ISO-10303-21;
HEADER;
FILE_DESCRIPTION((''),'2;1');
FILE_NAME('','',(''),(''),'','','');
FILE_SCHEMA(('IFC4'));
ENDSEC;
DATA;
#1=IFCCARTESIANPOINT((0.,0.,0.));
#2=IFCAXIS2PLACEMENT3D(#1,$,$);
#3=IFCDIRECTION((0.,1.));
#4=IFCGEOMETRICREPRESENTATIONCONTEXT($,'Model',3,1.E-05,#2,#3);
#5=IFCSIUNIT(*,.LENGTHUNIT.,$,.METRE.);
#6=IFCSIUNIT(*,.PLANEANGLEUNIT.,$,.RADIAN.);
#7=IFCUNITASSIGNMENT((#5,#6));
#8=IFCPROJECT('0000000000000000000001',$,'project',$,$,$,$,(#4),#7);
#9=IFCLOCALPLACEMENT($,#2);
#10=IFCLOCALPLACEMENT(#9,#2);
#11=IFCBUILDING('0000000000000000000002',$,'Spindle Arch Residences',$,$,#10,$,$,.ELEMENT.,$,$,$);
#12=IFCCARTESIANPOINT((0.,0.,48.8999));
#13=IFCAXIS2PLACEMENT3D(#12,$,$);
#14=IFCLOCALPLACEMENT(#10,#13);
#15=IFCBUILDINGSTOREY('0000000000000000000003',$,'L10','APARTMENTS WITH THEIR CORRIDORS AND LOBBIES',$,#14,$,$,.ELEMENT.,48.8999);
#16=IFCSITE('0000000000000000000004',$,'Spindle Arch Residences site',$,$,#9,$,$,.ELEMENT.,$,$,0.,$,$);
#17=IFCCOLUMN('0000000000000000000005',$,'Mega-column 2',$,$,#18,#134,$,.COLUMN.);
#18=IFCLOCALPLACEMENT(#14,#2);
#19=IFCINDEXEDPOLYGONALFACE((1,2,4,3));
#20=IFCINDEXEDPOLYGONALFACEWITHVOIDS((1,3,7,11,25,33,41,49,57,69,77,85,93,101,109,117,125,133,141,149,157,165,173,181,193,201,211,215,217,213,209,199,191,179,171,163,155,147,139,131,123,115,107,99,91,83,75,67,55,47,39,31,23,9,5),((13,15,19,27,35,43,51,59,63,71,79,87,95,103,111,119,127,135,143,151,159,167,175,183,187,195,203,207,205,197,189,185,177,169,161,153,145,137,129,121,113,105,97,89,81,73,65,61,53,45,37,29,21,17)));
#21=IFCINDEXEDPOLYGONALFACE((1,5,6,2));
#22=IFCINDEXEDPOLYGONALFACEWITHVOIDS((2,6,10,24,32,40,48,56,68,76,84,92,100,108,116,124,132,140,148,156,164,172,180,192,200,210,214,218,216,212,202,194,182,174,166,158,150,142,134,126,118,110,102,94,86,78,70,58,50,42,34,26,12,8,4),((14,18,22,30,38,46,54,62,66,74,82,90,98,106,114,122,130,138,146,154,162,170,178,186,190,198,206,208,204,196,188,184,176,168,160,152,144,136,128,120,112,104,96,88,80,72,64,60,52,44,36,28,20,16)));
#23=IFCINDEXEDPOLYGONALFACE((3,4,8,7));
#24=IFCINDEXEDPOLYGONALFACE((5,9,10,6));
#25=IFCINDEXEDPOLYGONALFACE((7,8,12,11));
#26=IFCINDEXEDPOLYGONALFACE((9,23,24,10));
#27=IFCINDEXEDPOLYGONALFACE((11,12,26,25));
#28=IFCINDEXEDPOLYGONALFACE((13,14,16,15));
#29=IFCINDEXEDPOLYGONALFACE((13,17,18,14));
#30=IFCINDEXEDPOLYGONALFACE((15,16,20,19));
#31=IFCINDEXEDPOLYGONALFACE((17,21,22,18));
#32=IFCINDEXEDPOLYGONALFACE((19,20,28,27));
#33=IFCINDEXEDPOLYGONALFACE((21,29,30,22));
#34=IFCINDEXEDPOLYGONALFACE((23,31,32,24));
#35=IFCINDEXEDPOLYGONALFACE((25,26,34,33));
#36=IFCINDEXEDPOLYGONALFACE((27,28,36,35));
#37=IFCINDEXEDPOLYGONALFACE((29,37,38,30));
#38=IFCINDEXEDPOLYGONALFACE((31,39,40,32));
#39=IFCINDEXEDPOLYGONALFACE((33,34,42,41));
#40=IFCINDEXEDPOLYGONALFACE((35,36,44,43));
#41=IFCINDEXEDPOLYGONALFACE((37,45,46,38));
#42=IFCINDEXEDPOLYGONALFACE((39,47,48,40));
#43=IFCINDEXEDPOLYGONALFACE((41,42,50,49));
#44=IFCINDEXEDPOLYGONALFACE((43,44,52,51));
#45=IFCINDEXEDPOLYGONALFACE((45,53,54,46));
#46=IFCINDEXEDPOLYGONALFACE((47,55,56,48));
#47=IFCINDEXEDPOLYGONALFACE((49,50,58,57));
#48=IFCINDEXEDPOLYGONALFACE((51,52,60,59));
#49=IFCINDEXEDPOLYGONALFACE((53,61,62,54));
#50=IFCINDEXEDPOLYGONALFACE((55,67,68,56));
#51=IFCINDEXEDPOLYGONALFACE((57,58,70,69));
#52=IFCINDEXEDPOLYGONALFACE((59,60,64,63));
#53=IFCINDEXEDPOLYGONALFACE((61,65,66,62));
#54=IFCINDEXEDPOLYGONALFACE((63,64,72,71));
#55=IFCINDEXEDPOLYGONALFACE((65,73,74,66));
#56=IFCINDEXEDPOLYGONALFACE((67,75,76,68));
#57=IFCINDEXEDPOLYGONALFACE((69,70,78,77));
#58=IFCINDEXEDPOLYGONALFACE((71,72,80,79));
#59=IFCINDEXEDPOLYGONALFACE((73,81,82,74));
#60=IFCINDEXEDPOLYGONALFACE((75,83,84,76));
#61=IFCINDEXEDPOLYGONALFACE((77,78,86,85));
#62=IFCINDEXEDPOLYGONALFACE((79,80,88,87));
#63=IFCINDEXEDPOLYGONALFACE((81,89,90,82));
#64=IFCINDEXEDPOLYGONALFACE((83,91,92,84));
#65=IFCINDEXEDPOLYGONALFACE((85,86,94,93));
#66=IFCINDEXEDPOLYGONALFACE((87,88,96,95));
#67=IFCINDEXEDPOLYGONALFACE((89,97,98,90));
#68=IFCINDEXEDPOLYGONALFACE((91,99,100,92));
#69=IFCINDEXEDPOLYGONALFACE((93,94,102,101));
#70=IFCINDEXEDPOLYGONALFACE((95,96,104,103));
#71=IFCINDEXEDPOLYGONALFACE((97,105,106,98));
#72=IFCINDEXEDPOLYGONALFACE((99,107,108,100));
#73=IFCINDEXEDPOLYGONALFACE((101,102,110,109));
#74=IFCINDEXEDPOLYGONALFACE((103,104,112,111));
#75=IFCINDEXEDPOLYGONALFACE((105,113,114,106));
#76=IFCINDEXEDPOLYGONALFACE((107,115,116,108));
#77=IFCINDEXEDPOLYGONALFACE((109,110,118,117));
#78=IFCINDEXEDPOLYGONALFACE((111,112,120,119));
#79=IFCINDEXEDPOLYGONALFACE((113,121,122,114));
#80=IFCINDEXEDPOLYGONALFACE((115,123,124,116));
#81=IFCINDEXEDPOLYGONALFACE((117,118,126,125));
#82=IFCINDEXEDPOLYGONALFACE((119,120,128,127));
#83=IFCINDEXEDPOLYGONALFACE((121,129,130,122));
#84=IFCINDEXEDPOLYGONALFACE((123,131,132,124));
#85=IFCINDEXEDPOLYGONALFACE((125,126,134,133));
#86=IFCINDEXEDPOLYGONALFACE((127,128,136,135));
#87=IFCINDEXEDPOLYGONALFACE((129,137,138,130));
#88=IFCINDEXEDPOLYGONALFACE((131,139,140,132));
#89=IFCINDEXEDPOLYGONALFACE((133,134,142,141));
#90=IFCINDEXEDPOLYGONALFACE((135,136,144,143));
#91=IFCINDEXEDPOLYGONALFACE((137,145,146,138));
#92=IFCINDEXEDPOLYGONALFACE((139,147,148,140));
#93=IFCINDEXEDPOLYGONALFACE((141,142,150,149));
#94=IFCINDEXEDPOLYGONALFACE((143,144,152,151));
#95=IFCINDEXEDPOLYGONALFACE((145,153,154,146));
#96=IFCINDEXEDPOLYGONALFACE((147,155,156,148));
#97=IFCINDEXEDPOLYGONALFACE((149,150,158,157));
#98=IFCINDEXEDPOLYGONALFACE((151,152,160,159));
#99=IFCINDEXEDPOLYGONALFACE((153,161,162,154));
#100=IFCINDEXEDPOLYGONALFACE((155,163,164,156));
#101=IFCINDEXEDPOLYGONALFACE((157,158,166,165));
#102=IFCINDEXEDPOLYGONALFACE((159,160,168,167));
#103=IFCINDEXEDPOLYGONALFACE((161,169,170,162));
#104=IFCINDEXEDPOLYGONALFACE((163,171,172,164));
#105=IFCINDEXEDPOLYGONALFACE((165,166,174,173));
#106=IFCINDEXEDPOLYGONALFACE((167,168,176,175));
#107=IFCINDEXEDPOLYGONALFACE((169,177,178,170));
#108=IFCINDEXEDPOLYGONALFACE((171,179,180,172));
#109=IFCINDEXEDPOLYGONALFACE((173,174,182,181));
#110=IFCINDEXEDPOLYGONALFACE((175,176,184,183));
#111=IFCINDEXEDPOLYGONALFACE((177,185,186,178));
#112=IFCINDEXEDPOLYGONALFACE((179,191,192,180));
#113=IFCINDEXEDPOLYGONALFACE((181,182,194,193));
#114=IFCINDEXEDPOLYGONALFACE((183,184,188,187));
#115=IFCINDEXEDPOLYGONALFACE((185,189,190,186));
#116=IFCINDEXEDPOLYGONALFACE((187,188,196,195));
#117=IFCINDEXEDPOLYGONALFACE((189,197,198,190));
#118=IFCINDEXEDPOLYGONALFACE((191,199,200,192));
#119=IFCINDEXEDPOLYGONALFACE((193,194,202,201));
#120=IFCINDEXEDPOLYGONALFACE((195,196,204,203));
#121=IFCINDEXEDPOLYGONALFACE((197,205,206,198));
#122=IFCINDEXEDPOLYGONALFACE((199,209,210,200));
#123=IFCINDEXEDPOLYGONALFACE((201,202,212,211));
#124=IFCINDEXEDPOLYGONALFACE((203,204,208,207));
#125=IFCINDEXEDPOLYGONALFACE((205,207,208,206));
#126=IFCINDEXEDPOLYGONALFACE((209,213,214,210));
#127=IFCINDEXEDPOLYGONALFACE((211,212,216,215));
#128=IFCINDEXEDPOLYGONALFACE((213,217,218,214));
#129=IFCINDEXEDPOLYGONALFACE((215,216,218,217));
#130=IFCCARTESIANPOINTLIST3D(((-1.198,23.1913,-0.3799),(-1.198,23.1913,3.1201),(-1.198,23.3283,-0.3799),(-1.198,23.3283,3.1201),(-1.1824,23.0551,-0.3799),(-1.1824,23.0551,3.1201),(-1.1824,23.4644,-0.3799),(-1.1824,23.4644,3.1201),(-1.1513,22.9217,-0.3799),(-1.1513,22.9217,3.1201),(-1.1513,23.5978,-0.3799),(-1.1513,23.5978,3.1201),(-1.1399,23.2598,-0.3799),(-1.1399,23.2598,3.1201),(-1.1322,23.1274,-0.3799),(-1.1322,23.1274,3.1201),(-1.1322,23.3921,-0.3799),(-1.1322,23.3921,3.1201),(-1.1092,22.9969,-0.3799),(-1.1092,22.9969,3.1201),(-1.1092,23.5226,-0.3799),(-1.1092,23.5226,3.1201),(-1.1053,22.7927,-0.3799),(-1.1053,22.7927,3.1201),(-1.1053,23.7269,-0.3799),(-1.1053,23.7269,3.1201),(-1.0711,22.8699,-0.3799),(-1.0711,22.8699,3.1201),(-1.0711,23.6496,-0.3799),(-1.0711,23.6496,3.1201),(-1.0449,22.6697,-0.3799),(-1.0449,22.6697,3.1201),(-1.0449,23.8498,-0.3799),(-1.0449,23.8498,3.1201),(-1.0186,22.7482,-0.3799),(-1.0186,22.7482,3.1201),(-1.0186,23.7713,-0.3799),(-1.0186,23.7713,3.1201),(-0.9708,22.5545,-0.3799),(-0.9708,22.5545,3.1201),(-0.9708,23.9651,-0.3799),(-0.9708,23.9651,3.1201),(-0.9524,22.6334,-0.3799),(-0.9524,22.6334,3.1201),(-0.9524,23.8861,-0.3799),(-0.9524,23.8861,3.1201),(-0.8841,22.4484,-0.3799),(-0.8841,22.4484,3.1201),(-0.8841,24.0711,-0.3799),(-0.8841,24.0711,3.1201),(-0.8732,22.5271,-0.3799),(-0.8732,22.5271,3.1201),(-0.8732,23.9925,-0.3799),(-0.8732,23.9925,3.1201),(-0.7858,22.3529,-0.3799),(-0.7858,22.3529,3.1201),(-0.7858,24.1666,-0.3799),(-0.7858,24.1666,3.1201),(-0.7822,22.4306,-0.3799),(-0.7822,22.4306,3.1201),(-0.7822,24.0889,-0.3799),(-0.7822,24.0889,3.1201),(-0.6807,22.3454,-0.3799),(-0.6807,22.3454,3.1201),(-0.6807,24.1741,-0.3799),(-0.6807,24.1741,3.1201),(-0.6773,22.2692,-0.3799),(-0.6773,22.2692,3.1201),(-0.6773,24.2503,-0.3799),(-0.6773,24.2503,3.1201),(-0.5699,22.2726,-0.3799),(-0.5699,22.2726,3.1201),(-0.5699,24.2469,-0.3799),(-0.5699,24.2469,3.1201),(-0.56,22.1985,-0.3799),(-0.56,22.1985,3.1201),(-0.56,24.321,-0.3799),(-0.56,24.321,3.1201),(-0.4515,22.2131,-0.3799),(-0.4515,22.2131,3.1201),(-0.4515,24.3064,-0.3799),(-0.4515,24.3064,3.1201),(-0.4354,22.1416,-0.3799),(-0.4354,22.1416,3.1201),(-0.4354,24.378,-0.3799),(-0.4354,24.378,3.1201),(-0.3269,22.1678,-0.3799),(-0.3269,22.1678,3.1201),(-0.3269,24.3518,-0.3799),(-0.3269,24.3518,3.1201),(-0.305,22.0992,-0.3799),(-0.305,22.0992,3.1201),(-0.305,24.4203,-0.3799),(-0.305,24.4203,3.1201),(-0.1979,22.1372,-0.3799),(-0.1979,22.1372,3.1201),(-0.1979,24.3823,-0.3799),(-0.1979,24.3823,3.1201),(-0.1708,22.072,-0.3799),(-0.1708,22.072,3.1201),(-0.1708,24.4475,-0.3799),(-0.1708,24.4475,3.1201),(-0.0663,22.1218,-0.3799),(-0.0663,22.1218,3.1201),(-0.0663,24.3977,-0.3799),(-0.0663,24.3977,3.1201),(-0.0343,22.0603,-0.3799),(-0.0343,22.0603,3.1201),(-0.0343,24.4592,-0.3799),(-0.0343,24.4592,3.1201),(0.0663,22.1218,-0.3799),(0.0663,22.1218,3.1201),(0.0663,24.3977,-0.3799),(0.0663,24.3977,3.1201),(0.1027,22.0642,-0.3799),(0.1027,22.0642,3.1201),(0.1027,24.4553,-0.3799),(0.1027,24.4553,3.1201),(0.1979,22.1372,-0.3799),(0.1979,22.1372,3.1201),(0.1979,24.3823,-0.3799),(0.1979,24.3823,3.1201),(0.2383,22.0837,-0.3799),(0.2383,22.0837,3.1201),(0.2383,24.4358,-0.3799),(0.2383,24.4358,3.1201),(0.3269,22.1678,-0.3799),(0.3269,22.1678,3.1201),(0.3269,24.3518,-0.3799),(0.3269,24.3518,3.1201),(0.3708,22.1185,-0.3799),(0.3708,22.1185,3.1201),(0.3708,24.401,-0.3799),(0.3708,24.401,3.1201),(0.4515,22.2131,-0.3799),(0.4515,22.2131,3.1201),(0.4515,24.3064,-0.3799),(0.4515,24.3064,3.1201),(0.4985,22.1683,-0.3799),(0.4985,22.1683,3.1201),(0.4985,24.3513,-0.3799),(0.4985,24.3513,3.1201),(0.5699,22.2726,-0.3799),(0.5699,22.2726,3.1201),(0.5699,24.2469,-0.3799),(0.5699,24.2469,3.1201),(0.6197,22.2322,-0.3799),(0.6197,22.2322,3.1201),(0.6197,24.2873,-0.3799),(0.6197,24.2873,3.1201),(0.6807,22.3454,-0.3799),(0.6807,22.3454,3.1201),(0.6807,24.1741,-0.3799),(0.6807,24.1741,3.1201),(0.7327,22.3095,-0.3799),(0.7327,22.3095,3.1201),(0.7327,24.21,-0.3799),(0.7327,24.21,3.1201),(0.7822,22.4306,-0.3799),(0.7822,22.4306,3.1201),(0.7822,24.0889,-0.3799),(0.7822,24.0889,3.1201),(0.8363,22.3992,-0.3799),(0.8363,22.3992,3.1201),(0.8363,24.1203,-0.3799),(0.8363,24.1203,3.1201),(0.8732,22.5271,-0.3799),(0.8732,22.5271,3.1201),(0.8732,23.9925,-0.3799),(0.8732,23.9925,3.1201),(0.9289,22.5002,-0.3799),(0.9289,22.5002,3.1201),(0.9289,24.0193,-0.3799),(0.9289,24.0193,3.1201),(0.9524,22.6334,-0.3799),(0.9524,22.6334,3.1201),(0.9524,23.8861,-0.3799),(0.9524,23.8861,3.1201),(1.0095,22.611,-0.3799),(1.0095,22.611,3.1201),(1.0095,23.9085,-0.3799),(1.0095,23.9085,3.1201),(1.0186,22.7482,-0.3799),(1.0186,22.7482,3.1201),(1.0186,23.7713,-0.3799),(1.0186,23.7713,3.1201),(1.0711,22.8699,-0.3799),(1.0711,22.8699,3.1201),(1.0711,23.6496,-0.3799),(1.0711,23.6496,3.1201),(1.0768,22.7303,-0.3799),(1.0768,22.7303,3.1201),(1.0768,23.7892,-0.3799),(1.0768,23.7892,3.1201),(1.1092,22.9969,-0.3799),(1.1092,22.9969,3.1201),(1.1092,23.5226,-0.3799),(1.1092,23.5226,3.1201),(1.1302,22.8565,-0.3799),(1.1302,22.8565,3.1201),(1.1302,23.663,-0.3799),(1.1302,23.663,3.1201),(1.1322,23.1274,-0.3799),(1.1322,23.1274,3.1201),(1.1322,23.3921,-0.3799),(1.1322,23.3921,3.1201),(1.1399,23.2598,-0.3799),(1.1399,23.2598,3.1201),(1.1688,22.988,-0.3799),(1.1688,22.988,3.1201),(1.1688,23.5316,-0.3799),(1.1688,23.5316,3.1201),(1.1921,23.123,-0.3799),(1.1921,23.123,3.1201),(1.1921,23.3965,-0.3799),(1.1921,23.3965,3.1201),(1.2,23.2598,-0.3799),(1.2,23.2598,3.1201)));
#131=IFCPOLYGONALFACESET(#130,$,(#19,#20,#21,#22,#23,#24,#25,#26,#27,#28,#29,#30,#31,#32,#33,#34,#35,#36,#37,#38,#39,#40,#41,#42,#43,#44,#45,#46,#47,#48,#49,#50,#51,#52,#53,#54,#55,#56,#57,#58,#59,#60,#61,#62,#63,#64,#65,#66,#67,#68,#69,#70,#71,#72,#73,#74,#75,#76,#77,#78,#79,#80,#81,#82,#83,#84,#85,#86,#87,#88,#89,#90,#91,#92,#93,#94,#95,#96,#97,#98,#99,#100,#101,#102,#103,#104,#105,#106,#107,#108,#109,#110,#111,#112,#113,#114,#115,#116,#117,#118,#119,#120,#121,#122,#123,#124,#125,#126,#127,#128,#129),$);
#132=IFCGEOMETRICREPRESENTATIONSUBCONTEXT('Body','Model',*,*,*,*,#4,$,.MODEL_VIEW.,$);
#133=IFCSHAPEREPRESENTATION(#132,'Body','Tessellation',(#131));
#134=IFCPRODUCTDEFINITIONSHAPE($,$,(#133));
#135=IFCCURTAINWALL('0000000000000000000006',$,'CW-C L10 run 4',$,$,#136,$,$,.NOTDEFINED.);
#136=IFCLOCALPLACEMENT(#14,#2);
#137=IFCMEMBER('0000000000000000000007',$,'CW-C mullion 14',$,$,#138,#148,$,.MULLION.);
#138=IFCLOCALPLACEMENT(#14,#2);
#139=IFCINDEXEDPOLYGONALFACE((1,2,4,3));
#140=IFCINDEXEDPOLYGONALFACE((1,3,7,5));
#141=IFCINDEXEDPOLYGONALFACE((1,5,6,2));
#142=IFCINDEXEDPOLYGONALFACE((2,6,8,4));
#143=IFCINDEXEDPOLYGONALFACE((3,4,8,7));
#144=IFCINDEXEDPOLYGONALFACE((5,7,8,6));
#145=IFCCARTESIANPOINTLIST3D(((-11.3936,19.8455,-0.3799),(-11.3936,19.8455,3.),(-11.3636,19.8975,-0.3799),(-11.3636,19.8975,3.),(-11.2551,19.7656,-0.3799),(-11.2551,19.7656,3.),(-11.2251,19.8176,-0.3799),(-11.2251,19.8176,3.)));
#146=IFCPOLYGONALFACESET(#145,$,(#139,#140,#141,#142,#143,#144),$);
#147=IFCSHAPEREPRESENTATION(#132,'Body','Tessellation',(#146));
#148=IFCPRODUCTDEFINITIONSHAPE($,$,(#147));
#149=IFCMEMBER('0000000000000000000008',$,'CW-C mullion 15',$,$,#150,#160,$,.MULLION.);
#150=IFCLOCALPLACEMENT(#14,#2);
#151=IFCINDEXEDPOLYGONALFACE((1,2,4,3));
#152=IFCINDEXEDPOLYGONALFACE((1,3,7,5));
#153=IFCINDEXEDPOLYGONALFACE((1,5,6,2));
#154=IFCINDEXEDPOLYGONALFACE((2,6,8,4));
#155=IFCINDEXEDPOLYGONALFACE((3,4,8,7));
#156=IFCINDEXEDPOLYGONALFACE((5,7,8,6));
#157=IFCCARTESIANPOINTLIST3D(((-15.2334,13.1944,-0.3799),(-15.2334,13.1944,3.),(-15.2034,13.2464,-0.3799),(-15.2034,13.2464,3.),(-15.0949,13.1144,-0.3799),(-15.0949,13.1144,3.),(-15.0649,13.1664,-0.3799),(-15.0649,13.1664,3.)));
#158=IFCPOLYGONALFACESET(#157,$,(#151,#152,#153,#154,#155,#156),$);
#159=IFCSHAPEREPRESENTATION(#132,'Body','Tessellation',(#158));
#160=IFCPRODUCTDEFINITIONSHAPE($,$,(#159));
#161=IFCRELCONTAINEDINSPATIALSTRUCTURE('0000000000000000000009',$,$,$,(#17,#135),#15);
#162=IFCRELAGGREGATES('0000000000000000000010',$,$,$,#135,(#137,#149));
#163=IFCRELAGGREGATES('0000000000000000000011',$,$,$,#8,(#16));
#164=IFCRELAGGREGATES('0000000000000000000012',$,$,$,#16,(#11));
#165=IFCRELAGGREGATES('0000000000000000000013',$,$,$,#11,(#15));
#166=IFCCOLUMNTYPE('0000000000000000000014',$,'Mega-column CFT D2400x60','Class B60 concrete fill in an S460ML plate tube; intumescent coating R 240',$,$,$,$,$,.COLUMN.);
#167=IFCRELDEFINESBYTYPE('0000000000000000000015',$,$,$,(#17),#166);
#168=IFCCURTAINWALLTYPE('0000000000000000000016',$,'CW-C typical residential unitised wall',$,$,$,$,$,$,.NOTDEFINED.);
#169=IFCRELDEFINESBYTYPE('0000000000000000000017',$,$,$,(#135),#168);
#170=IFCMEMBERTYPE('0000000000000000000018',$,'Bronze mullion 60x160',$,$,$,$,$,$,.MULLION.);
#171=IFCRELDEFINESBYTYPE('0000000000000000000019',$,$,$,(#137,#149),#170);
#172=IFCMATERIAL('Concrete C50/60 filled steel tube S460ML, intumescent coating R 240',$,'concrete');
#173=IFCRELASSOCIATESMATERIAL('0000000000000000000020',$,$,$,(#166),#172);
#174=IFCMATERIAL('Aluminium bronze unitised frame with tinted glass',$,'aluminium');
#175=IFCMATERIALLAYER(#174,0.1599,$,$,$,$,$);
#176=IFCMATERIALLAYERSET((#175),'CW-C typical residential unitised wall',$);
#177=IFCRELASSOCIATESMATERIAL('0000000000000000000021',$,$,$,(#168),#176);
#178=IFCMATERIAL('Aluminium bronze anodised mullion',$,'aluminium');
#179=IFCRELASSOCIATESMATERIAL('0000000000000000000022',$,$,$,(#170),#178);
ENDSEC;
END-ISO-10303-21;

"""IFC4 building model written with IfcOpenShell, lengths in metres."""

from ifc_helpers import new_model, si_unit, direction, frame, origin, origin_2d, place, context, subcontext, project, spatial, rectangle, hollow_circle, extrude, material, layer, layer_set, material_profile, profile_set, type_object, element, aggregate, save


model = new_model("IFC4")

# Units and contexts
model_context = context("Model", 3, precision=1e-05, world=origin(), true_north=direction((0.0, 1.0)))
body_context = subcontext(model_context, "Body", "Model", "MODEL_VIEW")
ifc_project = project(units=[si_unit("LENGTHUNIT", "METRE"), si_unit("PLANEANGLEUNIT", "RADIAN")], contexts=[model_context])

# Site, building, storey
site_placement = place(None, origin())
site = spatial("IfcSite", under=ifc_project, at=site_placement, Name="Spindle Arch Residences site", CompositionType="ELEMENT", RefElevation=0.0)
building_placement = place(site_placement, origin())
building = spatial("IfcBuilding", under=site, at=building_placement, Name="Spindle Arch Residences", CompositionType="ELEMENT")
storey_placement = place(building_placement, frame((0.0, 0.0, 48.8999)))
storey = spatial("IfcBuildingStorey", under=building, at=storey_placement, Name="L10", Description="APARTMENTS WITH THEIR CORRIDORS AND LOBBIES", CompositionType="ELEMENT", Elevation=48.8999)

# Column
ifc_material_1 = material(Name="Concrete C50/60 filled steel tube S460ML, intumescent coating R 240", Category="concrete")
ifc_material_profile_1 = material_profile(ifc_material_1, hollow_circle(Radius=1.2, WallThickness=0.0601, at=origin_2d()), Name="CFT D2400x60")
ifc_profile_set_1 = profile_set([ifc_material_profile_1], Name="Concrete C50/60 filled steel tube S460ML, intumescent coating R 240")
column_type_1 = type_object("IfcColumnType", Name="Mega-column CFT D2400x60", Description="Class B60 concrete fill in an S460ML plate tube; intumescent coating R 240", PredefinedType="COLUMN", material=ifc_profile_set_1)
column_placement = place(storey_placement, frame((0.0, 23.2598, -0.3799), z_axis=(0.0, 0.0, 1.0), x_axis=(1.0, 0.0, 0.0)))
element("IfcColumn", 1, at=column_placement, inside=storey, type_object=column_type_1, Name="Mega-column 2", PredefinedType="COLUMN", context=body_context, shape_type="SweptSolid", body=[
    extrude(hollow_circle(Radius=1.2, WallThickness=0.0601, at=origin_2d()), origin(), (0.0, 0.0, 1.0), 3.5),
])

# Curtain wall, members
ifc_material_2 = material(Name="Aluminium bronze unitised frame with tinted glass", Category="aluminium")
ifc_layer_1 = layer(ifc_material_2, 0.1599)
ifc_layer_set_1 = layer_set([ifc_layer_1], Name="CW-C typical residential unitised wall")
curtain_wall_type = type_object("IfcCurtainWallType", Name="CW-C typical residential unitised wall", PredefinedType="NOTDEFINED", material=ifc_layer_set_1)
curtain_wall_placement = place(storey_placement, origin())
curtain_wall = element("IfcCurtainWall", 2, at=curtain_wall_placement, inside=storey, type_object=curtain_wall_type, Name="CW-C L10 run 4", PredefinedType="NOTDEFINED")
ifc_material_3 = material(Name="Aluminium bronze anodised mullion", Category="aluminium")
ifc_material_profile_2 = material_profile(ifc_material_3, rectangle(XDim=0.1599, YDim=0.0601, at=origin_2d()), Name="MU 60x160")
ifc_profile_set_2 = profile_set([ifc_material_profile_2], Name="Aluminium bronze anodised mullion")
member_type = type_object("IfcMemberType", Name="Bronze mullion 60x160", PredefinedType="MULLION", material=ifc_profile_set_2)
member_1_placement = place(storey_placement, frame((-11.3093, 19.8315, -0.3799), z_axis=(0.0, 0.0, 1.0), x_axis=(0.866025, -0.5, 0.0)))
member_1 = element("IfcMember", 3, at=member_1_placement, type_object=member_type, Name="CW-C mullion 14", PredefinedType="MULLION", context=body_context, shape_type="SweptSolid", body=[
    extrude(rectangle(XDim=0.1599, YDim=0.0601, at=origin_2d()), origin(), (0.0, 0.0, 1.0), 3.3799),
])
member_2_placement = place(storey_placement, frame((-15.1492, 13.1804, -0.3799), z_axis=(0.0, 0.0, 1.0), x_axis=(0.866025, -0.5, 0.0)))
member_2 = element("IfcMember", 4, at=member_2_placement, type_object=member_type, Name="CW-C mullion 15", PredefinedType="MULLION", context=body_context, shape_type="SweptSolid", body=[
    extrude(rectangle(XDim=0.1599, YDim=0.0601, at=origin_2d()), origin(), (0.0, 0.0, 1.0), 3.3799),
])

aggregate(curtain_wall, [member_1, member_2])

save(model, "model.ifc")
